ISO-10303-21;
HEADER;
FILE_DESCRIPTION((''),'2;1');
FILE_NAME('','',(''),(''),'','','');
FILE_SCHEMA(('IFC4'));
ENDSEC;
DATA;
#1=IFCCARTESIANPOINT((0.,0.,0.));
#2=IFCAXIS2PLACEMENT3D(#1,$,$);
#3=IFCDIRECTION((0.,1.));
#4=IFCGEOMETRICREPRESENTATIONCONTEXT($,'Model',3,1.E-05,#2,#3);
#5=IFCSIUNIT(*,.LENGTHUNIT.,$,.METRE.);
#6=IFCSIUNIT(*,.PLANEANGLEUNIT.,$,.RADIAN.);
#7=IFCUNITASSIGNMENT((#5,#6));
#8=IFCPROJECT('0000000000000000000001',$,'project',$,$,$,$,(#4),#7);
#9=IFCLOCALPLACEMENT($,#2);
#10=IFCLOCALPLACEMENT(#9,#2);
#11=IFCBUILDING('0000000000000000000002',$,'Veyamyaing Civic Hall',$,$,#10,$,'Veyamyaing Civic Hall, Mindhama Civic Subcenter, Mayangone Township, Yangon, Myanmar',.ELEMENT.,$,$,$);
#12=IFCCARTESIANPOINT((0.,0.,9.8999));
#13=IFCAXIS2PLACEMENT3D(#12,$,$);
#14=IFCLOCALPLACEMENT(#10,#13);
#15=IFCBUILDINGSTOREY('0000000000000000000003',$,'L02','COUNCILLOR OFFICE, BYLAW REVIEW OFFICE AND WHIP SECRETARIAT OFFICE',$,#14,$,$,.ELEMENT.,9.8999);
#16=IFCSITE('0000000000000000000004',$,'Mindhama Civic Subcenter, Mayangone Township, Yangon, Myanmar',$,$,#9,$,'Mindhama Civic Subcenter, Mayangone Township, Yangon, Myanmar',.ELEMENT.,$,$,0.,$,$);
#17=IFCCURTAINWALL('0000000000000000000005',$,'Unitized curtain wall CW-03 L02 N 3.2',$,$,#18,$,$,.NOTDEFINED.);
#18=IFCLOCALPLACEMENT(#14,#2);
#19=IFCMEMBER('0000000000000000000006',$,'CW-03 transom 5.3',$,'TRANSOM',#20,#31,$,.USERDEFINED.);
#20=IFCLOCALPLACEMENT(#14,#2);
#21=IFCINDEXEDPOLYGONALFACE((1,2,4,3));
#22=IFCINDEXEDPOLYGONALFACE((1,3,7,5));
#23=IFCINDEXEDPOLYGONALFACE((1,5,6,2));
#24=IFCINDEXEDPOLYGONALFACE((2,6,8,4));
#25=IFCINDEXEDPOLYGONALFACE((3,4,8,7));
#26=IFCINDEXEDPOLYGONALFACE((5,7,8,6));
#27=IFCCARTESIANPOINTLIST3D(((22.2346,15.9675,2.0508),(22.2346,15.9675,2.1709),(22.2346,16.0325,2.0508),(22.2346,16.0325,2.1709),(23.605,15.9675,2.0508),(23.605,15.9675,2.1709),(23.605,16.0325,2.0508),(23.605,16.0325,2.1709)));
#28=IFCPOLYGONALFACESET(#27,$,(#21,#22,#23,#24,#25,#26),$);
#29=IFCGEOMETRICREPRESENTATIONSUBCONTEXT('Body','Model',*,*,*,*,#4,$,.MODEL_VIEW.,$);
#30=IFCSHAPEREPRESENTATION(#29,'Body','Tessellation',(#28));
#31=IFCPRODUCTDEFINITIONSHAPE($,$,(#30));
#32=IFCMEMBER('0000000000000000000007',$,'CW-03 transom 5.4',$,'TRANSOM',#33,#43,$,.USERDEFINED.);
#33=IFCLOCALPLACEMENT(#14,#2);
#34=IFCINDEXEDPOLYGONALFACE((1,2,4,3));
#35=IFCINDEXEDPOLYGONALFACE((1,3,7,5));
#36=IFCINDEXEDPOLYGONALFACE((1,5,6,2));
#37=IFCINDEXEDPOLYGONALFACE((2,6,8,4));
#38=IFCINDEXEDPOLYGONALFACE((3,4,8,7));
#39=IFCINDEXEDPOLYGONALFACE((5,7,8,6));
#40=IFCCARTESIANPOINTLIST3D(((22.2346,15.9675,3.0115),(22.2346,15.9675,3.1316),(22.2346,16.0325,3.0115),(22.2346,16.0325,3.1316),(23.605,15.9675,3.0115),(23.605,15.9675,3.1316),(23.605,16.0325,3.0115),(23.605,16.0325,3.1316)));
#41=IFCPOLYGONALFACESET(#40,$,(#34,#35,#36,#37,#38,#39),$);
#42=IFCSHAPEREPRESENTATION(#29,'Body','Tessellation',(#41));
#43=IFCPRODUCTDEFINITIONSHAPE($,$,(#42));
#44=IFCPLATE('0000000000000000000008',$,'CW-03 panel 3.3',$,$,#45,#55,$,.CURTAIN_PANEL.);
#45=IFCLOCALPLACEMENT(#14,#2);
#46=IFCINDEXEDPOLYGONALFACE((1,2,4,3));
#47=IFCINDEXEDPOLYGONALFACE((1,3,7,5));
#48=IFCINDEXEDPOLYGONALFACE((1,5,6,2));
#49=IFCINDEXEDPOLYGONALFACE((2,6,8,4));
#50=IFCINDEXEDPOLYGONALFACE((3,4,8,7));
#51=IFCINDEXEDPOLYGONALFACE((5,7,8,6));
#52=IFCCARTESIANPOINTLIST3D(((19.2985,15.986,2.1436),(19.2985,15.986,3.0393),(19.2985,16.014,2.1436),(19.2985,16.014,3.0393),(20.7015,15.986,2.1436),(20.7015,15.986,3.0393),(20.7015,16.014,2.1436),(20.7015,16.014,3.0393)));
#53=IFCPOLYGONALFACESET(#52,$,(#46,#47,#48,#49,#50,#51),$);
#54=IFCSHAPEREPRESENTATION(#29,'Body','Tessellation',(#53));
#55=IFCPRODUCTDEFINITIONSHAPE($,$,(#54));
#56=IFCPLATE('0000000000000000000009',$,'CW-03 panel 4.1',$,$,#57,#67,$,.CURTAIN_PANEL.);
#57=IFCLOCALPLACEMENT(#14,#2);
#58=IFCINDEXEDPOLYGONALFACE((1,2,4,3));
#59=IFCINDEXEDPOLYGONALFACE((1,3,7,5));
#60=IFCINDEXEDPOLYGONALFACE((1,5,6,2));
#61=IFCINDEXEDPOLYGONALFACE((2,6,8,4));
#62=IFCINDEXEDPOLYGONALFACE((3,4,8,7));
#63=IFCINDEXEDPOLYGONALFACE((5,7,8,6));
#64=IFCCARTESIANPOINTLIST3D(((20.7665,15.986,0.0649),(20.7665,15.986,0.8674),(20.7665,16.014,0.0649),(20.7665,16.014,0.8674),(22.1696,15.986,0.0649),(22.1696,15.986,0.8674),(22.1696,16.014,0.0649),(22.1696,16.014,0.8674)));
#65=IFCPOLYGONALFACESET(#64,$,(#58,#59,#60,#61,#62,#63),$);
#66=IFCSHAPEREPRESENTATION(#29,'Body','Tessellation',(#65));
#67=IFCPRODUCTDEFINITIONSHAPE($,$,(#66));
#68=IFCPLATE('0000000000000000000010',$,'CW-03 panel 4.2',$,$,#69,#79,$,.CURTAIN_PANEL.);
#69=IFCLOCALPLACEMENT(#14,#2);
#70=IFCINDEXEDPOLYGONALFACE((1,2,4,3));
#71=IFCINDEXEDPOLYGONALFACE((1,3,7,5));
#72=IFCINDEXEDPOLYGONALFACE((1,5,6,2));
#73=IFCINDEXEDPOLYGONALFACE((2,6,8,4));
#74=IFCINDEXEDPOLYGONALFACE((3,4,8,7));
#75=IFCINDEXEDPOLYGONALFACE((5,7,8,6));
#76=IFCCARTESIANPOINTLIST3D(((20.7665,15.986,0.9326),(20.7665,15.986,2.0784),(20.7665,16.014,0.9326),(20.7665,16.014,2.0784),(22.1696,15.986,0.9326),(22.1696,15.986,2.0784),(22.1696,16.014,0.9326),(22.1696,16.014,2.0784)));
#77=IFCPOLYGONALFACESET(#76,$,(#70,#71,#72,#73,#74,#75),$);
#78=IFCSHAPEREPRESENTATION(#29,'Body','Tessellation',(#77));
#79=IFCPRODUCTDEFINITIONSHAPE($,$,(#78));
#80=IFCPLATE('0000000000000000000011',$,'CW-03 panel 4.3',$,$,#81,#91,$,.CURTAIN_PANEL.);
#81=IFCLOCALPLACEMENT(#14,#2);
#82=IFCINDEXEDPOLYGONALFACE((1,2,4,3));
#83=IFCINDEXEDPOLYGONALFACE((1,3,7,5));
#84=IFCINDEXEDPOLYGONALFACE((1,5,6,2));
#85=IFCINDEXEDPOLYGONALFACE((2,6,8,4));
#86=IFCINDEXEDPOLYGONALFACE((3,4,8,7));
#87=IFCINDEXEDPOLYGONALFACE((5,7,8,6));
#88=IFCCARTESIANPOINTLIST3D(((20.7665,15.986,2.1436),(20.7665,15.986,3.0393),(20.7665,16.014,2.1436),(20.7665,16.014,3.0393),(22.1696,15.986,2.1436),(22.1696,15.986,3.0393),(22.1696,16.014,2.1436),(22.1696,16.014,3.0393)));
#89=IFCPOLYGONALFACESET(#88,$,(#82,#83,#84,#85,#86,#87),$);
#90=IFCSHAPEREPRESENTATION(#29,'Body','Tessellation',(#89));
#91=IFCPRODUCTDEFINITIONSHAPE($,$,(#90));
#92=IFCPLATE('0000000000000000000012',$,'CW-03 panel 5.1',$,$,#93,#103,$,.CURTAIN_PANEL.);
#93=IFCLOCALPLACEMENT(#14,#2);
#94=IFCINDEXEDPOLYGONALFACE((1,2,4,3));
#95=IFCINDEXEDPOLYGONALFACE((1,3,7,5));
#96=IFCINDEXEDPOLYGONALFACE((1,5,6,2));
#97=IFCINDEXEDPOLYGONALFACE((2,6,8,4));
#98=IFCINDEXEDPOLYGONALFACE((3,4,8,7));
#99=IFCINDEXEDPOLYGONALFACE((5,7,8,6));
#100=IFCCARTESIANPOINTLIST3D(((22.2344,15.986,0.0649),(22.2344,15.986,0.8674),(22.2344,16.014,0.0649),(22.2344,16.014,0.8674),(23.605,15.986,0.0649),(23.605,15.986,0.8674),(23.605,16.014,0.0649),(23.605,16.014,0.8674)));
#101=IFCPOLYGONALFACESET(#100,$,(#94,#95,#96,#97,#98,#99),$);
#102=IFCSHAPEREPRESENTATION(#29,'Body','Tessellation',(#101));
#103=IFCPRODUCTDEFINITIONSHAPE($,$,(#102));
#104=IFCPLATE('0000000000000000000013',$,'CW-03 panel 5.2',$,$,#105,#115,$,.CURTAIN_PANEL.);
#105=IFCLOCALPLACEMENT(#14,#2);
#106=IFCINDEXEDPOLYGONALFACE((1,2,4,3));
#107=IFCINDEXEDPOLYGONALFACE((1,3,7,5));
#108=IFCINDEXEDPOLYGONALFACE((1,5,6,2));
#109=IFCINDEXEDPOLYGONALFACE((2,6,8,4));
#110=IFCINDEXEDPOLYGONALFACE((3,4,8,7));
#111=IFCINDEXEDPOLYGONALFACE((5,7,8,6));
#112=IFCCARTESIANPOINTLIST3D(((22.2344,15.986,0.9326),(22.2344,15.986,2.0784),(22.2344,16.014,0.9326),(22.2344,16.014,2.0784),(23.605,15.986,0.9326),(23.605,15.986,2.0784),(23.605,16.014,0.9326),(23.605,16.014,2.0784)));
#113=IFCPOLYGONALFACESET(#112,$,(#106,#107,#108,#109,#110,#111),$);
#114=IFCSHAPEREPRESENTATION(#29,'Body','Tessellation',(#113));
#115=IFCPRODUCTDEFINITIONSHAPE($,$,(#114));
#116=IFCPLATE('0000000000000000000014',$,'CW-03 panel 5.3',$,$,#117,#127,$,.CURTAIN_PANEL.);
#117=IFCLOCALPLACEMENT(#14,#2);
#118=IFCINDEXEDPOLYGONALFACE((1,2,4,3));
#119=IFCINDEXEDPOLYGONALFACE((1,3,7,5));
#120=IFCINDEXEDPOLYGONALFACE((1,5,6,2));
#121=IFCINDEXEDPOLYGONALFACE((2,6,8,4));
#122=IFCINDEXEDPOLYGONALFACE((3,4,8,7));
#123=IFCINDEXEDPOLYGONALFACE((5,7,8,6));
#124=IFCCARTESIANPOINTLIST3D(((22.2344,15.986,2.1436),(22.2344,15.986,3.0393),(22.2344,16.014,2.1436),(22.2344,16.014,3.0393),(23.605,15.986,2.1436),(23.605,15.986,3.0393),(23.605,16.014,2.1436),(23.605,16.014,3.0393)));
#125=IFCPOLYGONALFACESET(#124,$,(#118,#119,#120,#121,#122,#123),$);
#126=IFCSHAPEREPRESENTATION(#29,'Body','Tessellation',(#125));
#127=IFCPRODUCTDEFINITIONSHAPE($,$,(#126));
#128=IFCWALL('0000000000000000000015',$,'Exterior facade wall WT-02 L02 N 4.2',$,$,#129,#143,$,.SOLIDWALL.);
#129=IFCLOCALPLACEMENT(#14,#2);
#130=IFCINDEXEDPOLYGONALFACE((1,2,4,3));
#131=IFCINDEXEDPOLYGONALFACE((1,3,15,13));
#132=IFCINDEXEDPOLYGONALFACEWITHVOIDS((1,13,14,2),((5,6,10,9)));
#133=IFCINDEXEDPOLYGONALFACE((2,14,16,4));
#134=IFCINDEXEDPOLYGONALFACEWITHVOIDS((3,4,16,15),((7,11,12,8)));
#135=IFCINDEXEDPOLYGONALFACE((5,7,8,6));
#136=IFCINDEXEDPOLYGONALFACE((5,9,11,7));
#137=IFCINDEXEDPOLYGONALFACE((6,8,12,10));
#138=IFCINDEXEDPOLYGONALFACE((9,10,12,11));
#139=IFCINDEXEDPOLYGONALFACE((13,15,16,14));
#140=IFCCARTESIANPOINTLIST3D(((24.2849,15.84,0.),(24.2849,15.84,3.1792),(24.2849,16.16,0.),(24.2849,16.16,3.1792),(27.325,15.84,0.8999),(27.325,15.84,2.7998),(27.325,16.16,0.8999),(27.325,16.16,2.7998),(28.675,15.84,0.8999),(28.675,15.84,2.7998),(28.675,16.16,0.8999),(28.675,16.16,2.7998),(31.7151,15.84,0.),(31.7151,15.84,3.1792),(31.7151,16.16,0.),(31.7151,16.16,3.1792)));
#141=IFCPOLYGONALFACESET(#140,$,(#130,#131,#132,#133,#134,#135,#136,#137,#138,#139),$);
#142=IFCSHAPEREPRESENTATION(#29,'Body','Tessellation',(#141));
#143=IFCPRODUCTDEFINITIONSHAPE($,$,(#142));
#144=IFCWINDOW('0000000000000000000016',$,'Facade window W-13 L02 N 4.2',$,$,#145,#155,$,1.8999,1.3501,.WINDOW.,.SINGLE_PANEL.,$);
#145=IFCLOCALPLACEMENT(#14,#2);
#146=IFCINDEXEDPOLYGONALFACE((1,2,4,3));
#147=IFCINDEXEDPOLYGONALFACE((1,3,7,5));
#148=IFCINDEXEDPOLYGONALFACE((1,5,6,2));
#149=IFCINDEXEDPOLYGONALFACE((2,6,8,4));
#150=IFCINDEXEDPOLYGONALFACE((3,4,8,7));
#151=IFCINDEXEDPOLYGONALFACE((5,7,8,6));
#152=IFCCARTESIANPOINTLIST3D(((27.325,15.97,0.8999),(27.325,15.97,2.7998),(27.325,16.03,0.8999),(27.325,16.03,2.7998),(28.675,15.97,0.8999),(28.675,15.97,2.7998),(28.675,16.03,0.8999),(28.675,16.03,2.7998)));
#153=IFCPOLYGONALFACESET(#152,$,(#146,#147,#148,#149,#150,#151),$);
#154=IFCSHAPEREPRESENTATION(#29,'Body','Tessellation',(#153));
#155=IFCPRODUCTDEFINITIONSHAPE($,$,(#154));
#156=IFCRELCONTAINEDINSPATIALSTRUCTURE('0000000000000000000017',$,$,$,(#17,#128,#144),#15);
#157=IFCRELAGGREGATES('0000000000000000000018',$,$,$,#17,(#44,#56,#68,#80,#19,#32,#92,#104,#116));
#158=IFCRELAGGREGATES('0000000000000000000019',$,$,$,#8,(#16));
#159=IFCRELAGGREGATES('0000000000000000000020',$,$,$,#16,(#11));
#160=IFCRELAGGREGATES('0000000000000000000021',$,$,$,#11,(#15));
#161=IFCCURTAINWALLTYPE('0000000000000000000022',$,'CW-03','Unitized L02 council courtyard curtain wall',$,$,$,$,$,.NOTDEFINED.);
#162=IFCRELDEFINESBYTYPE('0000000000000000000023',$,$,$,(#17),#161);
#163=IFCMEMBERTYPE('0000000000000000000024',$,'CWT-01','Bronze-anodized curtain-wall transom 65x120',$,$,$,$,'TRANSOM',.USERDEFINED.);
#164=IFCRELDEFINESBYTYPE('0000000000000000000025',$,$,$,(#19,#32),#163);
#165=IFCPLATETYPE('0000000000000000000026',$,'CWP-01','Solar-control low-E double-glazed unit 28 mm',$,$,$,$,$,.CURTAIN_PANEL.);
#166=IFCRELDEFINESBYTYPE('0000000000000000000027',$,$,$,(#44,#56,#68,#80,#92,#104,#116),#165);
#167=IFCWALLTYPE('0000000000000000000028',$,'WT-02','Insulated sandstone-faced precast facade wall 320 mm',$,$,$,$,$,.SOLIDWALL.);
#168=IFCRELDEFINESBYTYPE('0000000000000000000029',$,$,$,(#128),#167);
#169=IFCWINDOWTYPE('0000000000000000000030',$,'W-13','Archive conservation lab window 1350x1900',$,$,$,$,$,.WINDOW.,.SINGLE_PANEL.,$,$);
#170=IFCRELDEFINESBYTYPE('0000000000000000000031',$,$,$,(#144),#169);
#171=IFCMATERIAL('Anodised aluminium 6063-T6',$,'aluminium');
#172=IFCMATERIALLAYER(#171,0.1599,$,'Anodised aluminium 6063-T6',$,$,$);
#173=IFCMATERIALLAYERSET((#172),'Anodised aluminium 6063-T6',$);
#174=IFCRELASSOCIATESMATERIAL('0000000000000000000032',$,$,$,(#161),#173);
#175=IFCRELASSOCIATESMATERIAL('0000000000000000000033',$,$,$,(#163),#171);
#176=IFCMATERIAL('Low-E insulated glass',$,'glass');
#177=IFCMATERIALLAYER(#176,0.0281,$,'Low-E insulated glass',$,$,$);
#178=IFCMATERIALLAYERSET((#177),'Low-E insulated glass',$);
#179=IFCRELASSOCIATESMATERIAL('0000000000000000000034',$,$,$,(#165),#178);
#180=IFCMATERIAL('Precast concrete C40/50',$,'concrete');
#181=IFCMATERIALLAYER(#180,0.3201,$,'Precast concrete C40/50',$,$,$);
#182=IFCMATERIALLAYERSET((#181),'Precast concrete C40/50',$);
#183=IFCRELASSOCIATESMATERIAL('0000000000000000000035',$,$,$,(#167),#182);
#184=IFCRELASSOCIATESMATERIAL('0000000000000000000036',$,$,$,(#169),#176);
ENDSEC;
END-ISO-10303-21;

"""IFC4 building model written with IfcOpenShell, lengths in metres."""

from ifc_helpers import new_model, si_unit, direction, frame, frame_2d, origin, origin_2d, place, context, subcontext, project, spatial, rectangle, extrude, material, layer, layer_set, material_profile, profile_set, type_object, element, fill, aggregate, save


model = new_model("IFC4")

# Units and contexts
model_context = context("Model", 3, precision=1e-05, world=origin(), true_north=direction((0.0, 1.0)))
body_context = subcontext(model_context, "Body", "Model", "MODEL_VIEW")
ifc_project = project(units=[si_unit("LENGTHUNIT", "METRE"), si_unit("PLANEANGLEUNIT", "RADIAN")], contexts=[model_context])

# Site, building, storey
site_placement = place(None, origin())
site = spatial("IfcSite", under=ifc_project, at=site_placement, Name="Mindhama Civic Subcenter, Mayangone Township, Yangon, Myanmar", LongName="Mindhama Civic Subcenter, Mayangone Township, Yangon, Myanmar", CompositionType="ELEMENT", RefElevation=0.0)
building_placement = place(site_placement, origin())
building = spatial("IfcBuilding", under=site, at=building_placement, Name="Veyamyaing Civic Hall", LongName="Veyamyaing Civic Hall, Mindhama Civic Subcenter, Mayangone Township, Yangon, Myanmar", CompositionType="ELEMENT")
storey_placement = place(building_placement, frame((0.0, 0.0, 9.8999)))
storey = spatial("IfcBuildingStorey", under=building, at=storey_placement, Name="L02", Description="COUNCILLOR OFFICE, BYLAW REVIEW OFFICE AND WHIP SECRETARIAT OFFICE", CompositionType="ELEMENT", Elevation=9.8999)

# Curtain wall, members, plates
ifc_material_1 = material(Name="Anodised aluminium 6063-T6", Category="aluminium")
ifc_layer_1 = layer(ifc_material_1, 0.1599, Name="Anodised aluminium 6063-T6")
ifc_layer_set_1 = layer_set([ifc_layer_1], Name="Anodised aluminium 6063-T6")
curtain_wall_type = type_object("IfcCurtainWallType", Name="CW-03", Description="Unitized L02 council courtyard curtain wall", PredefinedType="NOTDEFINED", material=ifc_layer_set_1)
curtain_wall_placement = place(storey_placement, origin())
curtain_wall = element("IfcCurtainWall", 1, at=curtain_wall_placement, inside=storey, type_object=curtain_wall_type, Name="Unitized curtain wall CW-03 L02 N 3.2", PredefinedType="NOTDEFINED")
ifc_material_profile_1 = material_profile(ifc_material_1, rectangle(XDim=0.0649, YDim=0.1201, at=origin_2d()), Name="ALU-TRN-65X120")
ifc_profile_set_1 = profile_set([ifc_material_profile_1], Name="Anodised aluminium 6063-T6")
member_type_1 = type_object("IfcMemberType", Name="CWT-01", Description="Bronze-anodized curtain-wall transom 65x120", ElementType="TRANSOM", PredefinedType="USERDEFINED", material=ifc_profile_set_1)
member_1_placement = place(storey_placement, frame((22.2346, 16.0, 2.1108), z_axis=(1.0, 0.0, 0.0), x_axis=(0.0, 1.0, 0.0)))
member_1 = element("IfcMember", 2, at=member_1_placement, type_object=member_type_1, Name="CW-03 transom 5.3", ObjectType="TRANSOM", PredefinedType="USERDEFINED", context=body_context, shape_type="SweptSolid", body=[
    extrude(rectangle(XDim=0.0649, YDim=0.1201, at=origin_2d()), origin(), (0.0, 0.0, 1.0), 1.3704),
])
member_2_placement = place(storey_placement, frame((22.2346, 16.0, 3.0715), z_axis=(1.0, 0.0, 0.0), x_axis=(0.0, 1.0, 0.0)))
member_2 = element("IfcMember", 3, at=member_2_placement, type_object=member_type_1, Name="CW-03 transom 5.4", ObjectType="TRANSOM", PredefinedType="USERDEFINED", context=body_context, shape_type="SweptSolid", body=[
    extrude(rectangle(XDim=0.0649, YDim=0.1201, at=origin_2d()), origin(), (0.0, 0.0, 1.0), 1.3704),
])
ifc_material_2 = material(Name="Low-E insulated glass", Category="glass")
ifc_layer_2 = layer(ifc_material_2, 0.0281, Name="Low-E insulated glass")
ifc_layer_set_2 = layer_set([ifc_layer_2], Name="Low-E insulated glass")
plate_type = type_object("IfcPlateType", Name="CWP-01", Description="Solar-control low-E double-glazed unit 28 mm", PredefinedType="CURTAIN_PANEL", material=ifc_layer_set_2)
plate_1_placement = place(storey_placement, frame((20.0, 16.0, 2.1436), z_axis=(0.0, 0.0, 1.0), x_axis=(1.0, 0.0, 0.0)))
plate_1 = element("IfcPlate", 4, at=plate_1_placement, type_object=plate_type, Name="CW-03 panel 3.3", PredefinedType="CURTAIN_PANEL", context=body_context, shape_type="SweptSolid", body=[
    extrude(rectangle(XDim=1.4031, YDim=0.0281, at=origin_2d()), origin(), (0.0, 0.0, 1.0), 0.8958),
])
plate_2_placement = place(storey_placement, frame((21.468, 16.0, 0.0649), z_axis=(0.0, 0.0, 1.0), x_axis=(1.0, 0.0, 0.0)))
plate_2 = element("IfcPlate", 5, at=plate_2_placement, type_object=plate_type, Name="CW-03 panel 4.1", PredefinedType="CURTAIN_PANEL", context=body_context, shape_type="SweptSolid", body=[
    extrude(rectangle(XDim=1.4031, YDim=0.0281, at=origin_2d()), origin(), (0.0, 0.0, 1.0), 0.8025),
])
plate_3_placement = place(storey_placement, frame((21.468, 16.0, 0.9326), z_axis=(0.0, 0.0, 1.0), x_axis=(1.0, 0.0, 0.0)))
plate_3 = element("IfcPlate", 6, at=plate_3_placement, type_object=plate_type, Name="CW-03 panel 4.2", PredefinedType="CURTAIN_PANEL", context=body_context, shape_type="SweptSolid", body=[
    extrude(rectangle(XDim=1.4031, YDim=0.0281, at=origin_2d()), origin(), (0.0, 0.0, 1.0), 1.1458),
])
plate_4_placement = place(storey_placement, frame((21.468, 16.0, 2.1436), z_axis=(0.0, 0.0, 1.0), x_axis=(1.0, 0.0, 0.0)))
plate_4 = element("IfcPlate", 7, at=plate_4_placement, type_object=plate_type, Name="CW-03 panel 4.3", PredefinedType="CURTAIN_PANEL", context=body_context, shape_type="SweptSolid", body=[
    extrude(rectangle(XDim=1.4031, YDim=0.0281, at=origin_2d()), origin(), (0.0, 0.0, 1.0), 0.8958),
])
plate_5_placement = place(storey_placement, frame((22.9197, 16.0, 0.0649), z_axis=(0.0, 0.0, 1.0), x_axis=(1.0, 0.0, 0.0)))
plate_5 = element("IfcPlate", 8, at=plate_5_placement, type_object=plate_type, Name="CW-03 panel 5.1", PredefinedType="CURTAIN_PANEL", context=body_context, shape_type="SweptSolid", body=[
    extrude(rectangle(XDim=1.3706, YDim=0.0281, at=origin_2d()), origin(), (0.0, 0.0, 1.0), 0.8025),
])
plate_6_placement = place(storey_placement, frame((22.9197, 16.0, 0.9326), z_axis=(0.0, 0.0, 1.0), x_axis=(1.0, 0.0, 0.0)))
plate_6 = element("IfcPlate", 9, at=plate_6_placement, type_object=plate_type, Name="CW-03 panel 5.2", PredefinedType="CURTAIN_PANEL", context=body_context, shape_type="SweptSolid", body=[
    extrude(rectangle(XDim=1.3706, YDim=0.0281, at=origin_2d()), origin(), (0.0, 0.0, 1.0), 1.1458),
])
plate_7_placement = place(storey_placement, frame((22.9197, 16.0, 2.1436), z_axis=(0.0, 0.0, 1.0), x_axis=(1.0, 0.0, 0.0)))
plate_7 = element("IfcPlate", 10, at=plate_7_placement, type_object=plate_type, Name="CW-03 panel 5.3", PredefinedType="CURTAIN_PANEL", context=body_context, shape_type="SweptSolid", body=[
    extrude(rectangle(XDim=1.3706, YDim=0.0281, at=origin_2d()), origin(), (0.0, 0.0, 1.0), 0.8958),
])
aggregate(curtain_wall, [plate_1, plate_2, plate_3, plate_4, member_1, member_2, plate_5, plate_6, plate_7])

# Wall, opening, window
ifc_material_3 = material(Name="Precast concrete C40/50", Category="concrete")
ifc_layer_3 = layer(ifc_material_3, 0.3201, Name="Precast concrete C40/50")
ifc_layer_set_3 = layer_set([ifc_layer_3], Name="Precast concrete C40/50")
wall_type = type_object("IfcWallType", Name="WT-02", Description="Insulated sandstone-faced precast facade wall 320 mm", PredefinedType="SOLIDWALL", material=ifc_layer_set_3)
wall_placement = place(storey_placement, frame((24.2849, 16.0, 0.0), z_axis=(0.0, 0.0, 1.0), x_axis=(1.0, 0.0, 0.0)))
wall = element("IfcWall", 11, at=wall_placement, inside=storey, type_object=wall_type, Name="Exterior facade wall WT-02 L02 N 4.2", PredefinedType="SOLIDWALL", context=body_context, shape_type="SweptSolid", body=[
    extrude(rectangle(XDim=7.4302, YDim=0.3201, at=frame_2d((3.7151, 0.0))), origin(), (0.0, 0.0, 1.0), 3.1792),
])
opening_placement = place(wall_placement, frame((3.04, 0.0, 0.8999)))
opening = element("IfcOpeningElement", 12, at=opening_placement, cuts=wall, PredefinedType="OPENING", context=body_context, shape_type="SweptSolid", body=[
    extrude(rectangle(XDim=1.3501, YDim=1.8999, at=frame_2d((0.675, 0.95))), frame((0.0, 0.1699, 0.0), z_axis=(0.0, -1.0, 0.0), x_axis=(1.0, 0.0, 0.0)), (0.0, 0.0, 1.0), 0.3401),
])
window_type = type_object("IfcWindowType", Name="W-13", Description="Archive conservation lab window 1350x1900", PartitioningType="SINGLE_PANEL", PredefinedType="WINDOW", material=ifc_material_2)
window_placement = place(opening_placement, origin())
window = element("IfcWindow", 13, at=window_placement, inside=storey, type_object=window_type, Name="Facade window W-13 L02 N 4.2", OverallHeight=1.8999, OverallWidth=1.3501, PartitioningType="SINGLE_PANEL", PredefinedType="WINDOW", context=body_context, shape_type="SweptSolid", body=[
    extrude(rectangle(XDim=1.3501, YDim=1.8999, at=frame_2d((0.675, 0.95))), frame((0.0, 0.03, 0.0), z_axis=(0.0, -1.0, 0.0), x_axis=(1.0, 0.0, 0.0)), (0.0, 0.0, 1.0), 0.0601),
])
fill(opening, window)

save(model, "model.ifc")
